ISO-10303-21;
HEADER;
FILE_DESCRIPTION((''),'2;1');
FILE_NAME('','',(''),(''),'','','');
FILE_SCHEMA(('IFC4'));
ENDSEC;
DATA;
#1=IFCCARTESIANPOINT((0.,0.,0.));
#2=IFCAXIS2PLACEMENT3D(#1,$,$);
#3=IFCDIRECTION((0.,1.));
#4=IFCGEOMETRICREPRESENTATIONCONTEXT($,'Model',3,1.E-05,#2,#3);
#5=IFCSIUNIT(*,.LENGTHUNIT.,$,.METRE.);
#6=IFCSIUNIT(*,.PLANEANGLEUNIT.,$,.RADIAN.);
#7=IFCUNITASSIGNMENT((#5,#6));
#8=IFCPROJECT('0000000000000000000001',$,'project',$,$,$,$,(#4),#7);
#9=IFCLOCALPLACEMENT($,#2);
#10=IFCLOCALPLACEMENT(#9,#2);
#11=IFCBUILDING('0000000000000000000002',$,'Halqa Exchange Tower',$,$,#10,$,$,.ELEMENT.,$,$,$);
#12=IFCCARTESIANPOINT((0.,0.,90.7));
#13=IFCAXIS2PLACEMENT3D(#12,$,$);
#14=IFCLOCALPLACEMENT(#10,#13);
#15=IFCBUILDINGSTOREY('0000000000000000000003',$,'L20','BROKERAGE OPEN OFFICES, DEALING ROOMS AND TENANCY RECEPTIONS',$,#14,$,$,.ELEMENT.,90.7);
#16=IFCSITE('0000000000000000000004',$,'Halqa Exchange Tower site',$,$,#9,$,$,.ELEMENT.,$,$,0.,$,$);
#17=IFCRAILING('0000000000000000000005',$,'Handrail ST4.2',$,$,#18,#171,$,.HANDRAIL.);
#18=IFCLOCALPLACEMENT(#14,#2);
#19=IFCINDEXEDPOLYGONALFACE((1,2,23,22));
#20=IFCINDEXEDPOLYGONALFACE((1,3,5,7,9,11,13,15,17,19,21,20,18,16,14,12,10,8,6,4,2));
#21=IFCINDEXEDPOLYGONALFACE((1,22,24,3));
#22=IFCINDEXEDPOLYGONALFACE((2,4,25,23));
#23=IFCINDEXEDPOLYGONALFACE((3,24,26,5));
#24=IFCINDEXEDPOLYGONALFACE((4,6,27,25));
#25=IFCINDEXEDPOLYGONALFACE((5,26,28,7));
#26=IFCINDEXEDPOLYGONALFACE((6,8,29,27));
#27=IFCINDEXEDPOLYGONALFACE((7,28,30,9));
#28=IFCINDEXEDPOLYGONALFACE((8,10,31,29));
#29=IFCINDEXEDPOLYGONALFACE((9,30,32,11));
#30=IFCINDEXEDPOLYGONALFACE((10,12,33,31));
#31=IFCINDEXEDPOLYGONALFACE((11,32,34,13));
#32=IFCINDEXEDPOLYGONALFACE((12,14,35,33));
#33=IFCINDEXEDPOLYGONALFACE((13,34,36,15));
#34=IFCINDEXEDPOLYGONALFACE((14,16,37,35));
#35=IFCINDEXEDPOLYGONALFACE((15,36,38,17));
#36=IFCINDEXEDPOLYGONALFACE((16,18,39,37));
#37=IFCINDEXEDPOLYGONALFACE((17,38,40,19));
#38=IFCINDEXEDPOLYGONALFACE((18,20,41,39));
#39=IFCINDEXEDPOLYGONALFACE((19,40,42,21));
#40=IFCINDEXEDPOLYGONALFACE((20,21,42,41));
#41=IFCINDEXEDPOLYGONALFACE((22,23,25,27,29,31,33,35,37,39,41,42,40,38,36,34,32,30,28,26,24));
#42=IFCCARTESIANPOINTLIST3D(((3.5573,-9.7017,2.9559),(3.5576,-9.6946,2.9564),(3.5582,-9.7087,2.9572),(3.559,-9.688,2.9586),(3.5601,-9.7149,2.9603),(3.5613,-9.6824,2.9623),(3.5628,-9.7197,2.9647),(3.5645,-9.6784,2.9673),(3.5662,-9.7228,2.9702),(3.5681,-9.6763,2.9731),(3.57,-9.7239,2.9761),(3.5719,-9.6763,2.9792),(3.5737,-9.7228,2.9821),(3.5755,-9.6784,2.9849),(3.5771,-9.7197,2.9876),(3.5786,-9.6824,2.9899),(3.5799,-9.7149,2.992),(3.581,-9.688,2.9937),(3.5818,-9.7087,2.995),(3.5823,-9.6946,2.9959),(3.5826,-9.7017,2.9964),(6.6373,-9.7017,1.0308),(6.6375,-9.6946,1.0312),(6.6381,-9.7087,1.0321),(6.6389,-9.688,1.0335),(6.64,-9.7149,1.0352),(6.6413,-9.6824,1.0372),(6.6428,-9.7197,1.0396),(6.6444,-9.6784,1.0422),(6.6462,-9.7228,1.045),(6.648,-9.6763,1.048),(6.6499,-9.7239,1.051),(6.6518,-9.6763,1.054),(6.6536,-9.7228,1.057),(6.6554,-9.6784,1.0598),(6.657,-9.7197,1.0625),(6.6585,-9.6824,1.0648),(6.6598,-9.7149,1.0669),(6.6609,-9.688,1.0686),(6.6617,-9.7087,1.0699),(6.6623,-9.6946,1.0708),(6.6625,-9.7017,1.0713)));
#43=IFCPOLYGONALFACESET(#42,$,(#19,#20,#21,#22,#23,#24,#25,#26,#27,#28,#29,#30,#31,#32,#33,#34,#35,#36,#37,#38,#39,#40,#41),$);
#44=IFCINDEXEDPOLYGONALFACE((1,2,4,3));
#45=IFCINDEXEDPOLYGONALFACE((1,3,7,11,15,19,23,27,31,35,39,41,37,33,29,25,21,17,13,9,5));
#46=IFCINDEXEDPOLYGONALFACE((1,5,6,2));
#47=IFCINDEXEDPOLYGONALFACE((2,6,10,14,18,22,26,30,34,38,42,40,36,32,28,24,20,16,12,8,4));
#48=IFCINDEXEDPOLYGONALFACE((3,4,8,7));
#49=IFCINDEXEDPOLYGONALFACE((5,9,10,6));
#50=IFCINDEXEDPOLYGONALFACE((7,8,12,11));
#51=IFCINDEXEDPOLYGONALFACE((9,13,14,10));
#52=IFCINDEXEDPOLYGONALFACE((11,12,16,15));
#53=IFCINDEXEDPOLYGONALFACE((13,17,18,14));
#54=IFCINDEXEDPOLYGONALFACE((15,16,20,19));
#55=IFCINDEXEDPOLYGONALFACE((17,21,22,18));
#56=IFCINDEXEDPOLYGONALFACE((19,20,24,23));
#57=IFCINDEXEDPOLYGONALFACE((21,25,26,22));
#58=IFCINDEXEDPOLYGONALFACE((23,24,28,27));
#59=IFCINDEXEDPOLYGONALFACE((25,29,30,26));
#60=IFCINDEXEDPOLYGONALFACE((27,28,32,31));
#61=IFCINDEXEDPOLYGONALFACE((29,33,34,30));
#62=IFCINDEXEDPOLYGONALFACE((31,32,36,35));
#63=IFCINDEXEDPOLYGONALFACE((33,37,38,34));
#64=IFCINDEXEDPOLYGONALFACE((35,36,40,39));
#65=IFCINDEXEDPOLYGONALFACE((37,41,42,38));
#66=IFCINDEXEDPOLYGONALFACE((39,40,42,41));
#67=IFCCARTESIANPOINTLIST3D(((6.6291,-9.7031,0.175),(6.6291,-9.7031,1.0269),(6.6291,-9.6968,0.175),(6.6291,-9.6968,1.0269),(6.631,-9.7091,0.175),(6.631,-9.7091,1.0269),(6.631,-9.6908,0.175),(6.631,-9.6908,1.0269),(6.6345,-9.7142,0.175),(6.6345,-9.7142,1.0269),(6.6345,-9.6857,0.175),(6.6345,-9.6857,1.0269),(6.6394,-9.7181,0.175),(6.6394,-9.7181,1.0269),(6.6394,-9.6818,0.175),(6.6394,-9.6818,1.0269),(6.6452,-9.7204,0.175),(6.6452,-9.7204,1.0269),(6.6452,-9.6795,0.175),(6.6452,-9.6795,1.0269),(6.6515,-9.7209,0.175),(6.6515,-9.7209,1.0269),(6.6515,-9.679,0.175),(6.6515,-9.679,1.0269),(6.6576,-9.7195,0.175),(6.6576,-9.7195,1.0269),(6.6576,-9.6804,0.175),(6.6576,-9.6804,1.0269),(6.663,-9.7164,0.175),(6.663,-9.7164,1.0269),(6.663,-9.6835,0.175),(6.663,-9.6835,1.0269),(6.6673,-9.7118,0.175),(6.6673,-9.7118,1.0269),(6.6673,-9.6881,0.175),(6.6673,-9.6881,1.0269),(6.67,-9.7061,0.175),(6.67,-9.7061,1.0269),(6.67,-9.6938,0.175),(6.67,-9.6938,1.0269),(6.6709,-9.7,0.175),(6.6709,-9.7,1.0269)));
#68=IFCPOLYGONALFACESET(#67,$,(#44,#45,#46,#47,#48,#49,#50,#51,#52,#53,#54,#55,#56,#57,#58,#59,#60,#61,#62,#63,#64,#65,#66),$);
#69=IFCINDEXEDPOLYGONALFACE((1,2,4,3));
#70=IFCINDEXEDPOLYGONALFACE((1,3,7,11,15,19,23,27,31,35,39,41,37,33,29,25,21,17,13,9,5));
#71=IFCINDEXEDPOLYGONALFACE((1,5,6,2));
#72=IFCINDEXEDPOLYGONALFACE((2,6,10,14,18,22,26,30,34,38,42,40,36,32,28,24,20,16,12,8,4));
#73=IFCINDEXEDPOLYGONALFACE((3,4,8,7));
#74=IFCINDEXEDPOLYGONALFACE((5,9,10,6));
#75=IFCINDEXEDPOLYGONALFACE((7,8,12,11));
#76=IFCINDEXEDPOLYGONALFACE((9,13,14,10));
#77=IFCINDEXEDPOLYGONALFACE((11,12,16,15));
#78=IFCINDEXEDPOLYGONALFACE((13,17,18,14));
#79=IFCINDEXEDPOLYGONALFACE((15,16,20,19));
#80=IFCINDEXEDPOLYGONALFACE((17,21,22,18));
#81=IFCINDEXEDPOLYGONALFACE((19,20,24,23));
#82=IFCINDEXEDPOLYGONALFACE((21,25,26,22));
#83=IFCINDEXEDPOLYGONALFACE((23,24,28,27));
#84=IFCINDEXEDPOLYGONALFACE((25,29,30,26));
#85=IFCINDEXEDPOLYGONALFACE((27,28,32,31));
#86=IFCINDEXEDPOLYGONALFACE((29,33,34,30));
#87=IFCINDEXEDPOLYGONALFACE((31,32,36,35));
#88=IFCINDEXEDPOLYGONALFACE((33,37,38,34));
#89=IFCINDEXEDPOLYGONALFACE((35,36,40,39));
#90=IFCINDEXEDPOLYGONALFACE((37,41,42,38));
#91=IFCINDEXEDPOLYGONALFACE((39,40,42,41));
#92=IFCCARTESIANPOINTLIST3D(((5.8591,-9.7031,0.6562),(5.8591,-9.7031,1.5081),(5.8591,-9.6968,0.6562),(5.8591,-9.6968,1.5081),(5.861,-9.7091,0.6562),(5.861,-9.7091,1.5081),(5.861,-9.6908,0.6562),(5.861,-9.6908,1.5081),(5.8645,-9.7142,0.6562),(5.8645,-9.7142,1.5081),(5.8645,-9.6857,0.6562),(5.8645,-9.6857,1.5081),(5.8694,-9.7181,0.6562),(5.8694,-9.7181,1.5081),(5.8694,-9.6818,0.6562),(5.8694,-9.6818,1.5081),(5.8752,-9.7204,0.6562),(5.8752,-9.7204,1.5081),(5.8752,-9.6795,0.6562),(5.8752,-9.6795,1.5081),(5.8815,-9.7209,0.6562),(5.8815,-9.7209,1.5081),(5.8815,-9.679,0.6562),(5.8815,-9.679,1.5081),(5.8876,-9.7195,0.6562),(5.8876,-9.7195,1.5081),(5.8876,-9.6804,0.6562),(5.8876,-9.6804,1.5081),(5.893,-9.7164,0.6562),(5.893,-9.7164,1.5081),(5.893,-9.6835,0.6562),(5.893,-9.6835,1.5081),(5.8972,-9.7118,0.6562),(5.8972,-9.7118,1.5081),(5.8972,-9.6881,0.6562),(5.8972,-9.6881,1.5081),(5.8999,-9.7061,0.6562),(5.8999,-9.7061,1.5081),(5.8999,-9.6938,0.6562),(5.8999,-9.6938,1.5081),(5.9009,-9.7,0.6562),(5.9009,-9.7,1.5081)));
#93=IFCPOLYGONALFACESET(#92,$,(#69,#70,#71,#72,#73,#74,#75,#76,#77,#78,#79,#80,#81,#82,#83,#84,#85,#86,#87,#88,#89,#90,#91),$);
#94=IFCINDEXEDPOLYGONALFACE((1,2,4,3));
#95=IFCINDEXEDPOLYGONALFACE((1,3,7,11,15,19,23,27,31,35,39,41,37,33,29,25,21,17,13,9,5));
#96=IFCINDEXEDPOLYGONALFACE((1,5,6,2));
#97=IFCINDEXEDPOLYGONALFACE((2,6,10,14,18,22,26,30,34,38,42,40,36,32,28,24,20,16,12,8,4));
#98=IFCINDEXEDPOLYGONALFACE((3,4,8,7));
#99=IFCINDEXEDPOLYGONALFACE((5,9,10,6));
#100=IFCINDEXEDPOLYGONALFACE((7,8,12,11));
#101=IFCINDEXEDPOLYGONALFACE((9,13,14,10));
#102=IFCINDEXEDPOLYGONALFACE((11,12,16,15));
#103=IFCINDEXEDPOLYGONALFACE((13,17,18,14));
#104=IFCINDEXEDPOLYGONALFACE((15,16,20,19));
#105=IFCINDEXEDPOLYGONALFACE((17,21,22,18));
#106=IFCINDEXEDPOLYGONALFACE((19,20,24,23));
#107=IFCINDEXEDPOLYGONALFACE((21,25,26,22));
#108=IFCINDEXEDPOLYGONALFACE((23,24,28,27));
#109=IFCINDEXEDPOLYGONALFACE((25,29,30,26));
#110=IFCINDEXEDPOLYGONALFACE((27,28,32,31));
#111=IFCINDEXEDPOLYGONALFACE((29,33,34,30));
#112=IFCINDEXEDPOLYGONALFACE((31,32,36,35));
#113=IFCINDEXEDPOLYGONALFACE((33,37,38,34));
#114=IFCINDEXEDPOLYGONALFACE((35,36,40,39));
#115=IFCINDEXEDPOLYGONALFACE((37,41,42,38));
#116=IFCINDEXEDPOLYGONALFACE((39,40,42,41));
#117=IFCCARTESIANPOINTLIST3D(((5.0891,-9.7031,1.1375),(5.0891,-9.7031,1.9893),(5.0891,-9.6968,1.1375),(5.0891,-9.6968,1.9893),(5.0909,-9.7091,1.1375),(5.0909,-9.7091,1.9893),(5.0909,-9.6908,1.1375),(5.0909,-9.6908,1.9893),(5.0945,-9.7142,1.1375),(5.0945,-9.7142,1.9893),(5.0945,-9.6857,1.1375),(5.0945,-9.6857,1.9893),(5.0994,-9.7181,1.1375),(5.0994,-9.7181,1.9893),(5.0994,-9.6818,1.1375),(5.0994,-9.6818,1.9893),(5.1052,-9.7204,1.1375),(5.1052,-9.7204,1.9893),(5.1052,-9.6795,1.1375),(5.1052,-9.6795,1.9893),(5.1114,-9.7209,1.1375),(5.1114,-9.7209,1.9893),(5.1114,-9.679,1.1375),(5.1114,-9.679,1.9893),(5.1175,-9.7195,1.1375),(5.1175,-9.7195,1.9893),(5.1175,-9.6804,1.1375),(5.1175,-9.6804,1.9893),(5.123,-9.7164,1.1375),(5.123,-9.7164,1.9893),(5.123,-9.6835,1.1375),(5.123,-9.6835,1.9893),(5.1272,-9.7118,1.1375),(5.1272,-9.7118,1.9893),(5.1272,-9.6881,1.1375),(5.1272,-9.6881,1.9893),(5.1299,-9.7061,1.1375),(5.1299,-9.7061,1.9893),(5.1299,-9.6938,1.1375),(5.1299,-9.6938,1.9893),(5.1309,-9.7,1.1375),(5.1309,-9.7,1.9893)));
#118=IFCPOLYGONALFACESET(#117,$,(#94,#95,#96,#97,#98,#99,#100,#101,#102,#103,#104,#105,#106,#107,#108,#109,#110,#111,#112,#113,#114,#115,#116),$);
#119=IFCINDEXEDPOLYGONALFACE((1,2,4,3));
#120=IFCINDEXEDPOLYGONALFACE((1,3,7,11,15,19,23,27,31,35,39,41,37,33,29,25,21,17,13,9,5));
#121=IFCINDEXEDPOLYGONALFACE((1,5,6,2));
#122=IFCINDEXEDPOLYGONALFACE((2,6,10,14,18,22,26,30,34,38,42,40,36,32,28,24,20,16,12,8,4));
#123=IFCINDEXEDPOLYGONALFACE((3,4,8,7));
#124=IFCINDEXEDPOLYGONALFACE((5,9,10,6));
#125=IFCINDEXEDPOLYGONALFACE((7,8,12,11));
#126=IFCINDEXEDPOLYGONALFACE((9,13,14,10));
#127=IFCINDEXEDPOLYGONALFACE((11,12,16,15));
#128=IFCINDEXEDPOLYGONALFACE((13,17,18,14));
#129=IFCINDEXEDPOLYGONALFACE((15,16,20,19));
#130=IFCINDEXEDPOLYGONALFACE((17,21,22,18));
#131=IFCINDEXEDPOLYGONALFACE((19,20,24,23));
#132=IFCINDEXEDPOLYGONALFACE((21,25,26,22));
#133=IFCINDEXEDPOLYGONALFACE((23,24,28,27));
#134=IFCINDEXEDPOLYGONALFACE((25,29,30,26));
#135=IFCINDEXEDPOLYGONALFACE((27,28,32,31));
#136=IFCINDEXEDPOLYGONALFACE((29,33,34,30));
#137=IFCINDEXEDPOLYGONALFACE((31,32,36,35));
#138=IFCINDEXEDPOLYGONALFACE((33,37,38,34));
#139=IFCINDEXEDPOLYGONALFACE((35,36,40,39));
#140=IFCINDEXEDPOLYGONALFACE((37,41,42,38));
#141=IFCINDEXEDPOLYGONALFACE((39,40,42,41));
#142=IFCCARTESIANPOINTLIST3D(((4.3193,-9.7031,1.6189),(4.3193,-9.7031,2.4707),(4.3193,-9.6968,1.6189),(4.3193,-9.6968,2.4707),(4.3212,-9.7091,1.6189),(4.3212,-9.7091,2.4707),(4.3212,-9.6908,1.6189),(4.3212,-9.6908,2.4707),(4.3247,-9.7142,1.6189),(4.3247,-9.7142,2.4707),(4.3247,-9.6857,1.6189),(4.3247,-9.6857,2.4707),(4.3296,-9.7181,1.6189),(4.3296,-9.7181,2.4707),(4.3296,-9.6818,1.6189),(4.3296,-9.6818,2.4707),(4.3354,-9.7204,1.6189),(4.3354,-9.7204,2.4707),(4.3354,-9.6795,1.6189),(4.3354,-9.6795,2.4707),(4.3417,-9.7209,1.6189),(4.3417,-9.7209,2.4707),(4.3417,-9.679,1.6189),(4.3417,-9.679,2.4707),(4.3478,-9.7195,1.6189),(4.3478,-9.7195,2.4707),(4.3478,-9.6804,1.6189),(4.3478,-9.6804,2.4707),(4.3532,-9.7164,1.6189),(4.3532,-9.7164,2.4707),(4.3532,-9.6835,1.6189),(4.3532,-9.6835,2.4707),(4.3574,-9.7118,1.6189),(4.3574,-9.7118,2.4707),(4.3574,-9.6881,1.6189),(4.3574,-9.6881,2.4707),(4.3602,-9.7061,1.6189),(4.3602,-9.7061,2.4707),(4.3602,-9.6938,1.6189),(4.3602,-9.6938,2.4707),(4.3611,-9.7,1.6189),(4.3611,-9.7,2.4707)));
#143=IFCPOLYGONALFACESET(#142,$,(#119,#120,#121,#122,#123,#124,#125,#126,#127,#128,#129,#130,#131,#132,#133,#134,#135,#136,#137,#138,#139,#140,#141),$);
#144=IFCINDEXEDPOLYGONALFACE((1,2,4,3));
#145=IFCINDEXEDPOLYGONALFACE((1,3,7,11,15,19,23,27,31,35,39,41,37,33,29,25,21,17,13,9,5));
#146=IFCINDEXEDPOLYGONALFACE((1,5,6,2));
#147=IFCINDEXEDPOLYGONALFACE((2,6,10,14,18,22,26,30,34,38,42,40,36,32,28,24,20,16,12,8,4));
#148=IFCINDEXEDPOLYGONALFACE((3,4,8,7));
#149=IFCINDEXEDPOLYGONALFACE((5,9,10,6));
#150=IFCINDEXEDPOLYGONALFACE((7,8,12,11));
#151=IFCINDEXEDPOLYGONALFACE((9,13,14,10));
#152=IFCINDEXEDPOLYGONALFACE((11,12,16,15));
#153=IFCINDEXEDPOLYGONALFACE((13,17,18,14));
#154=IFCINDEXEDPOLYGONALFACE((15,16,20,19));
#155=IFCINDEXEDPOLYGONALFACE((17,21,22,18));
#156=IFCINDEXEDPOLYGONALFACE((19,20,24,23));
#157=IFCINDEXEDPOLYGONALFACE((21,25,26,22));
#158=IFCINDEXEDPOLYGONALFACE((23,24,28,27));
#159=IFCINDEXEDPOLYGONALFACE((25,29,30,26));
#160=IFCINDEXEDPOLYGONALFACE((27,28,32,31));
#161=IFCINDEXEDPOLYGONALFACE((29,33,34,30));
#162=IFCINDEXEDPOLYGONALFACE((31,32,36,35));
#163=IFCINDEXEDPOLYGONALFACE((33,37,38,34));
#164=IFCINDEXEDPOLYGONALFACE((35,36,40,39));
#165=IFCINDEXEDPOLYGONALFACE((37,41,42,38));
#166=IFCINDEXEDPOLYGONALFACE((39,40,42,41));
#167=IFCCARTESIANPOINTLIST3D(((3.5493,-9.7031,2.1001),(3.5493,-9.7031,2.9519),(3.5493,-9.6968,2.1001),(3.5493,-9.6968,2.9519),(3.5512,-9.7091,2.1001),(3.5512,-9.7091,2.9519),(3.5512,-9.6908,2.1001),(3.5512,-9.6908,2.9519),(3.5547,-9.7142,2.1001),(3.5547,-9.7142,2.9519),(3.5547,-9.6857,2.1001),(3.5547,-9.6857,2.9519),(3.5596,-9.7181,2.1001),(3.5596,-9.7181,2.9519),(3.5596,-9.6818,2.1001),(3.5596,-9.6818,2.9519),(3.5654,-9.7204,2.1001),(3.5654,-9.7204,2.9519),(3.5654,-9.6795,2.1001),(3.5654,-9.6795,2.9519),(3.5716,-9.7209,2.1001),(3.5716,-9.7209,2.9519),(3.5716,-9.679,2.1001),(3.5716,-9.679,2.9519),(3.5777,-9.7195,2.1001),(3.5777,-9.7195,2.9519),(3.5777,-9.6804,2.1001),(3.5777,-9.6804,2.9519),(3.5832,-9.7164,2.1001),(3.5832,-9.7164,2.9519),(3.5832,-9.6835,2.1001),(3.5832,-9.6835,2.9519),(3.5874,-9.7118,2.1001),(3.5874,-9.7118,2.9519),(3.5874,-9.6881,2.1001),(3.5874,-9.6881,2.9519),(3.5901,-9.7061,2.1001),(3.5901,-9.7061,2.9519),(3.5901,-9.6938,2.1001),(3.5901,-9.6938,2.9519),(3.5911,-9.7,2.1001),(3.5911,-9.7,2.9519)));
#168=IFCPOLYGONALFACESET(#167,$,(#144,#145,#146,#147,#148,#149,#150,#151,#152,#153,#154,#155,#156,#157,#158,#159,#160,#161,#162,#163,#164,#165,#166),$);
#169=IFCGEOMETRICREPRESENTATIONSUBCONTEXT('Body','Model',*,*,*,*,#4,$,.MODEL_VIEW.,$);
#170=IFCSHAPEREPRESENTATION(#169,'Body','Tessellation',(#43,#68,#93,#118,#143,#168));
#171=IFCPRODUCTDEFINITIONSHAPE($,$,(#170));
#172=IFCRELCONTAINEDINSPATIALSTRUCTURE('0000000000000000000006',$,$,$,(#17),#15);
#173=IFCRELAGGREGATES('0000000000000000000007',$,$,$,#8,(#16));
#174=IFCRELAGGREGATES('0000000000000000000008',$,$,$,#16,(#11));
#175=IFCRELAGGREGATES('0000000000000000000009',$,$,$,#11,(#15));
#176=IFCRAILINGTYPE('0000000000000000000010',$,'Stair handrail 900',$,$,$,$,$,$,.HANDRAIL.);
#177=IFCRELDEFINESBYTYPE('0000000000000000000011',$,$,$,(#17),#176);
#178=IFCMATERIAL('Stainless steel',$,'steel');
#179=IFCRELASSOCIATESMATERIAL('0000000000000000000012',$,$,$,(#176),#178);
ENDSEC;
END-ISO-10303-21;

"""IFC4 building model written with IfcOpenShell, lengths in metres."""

from ifc_helpers import new_model, si_unit, direction, frame, origin, origin_2d, place, context, subcontext, project, spatial, circle, extrude, material, type_object, element, save


model = new_model("IFC4")

# Units and contexts
model_context = context("Model", 3, precision=1e-05, world=origin(), true_north=direction((0.0, 1.0)))
body_context = subcontext(model_context, "Body", "Model", "MODEL_VIEW")
ifc_project = project(units=[si_unit("LENGTHUNIT", "METRE"), si_unit("PLANEANGLEUNIT", "RADIAN")], contexts=[model_context])

# Site, building, storey
site_placement = place(None, origin())
site = spatial("IfcSite", under=ifc_project, at=site_placement, Name="Halqa Exchange Tower site", CompositionType="ELEMENT", RefElevation=0.0)
building_placement = place(site_placement, origin())
building = spatial("IfcBuilding", under=site, at=building_placement, Name="Halqa Exchange Tower", CompositionType="ELEMENT")
storey_placement = place(building_placement, frame((0.0, 0.0, 90.7)))
storey = spatial("IfcBuildingStorey", under=building, at=storey_placement, Name="L20", Description="BROKERAGE OPEN OFFICES, DEALING ROOMS AND TENANCY RECEPTIONS", CompositionType="ELEMENT", Elevation=90.7)

# Railing
ifc_material_1 = material(Name="Stainless steel", Category="steel")
railing_type_1 = type_object("IfcRailingType", Name="Stair handrail 900", PredefinedType="HANDRAIL", material=ifc_material_1)
railing_1_placement = place(storey_placement, frame((6.6499, -9.7, 0.175)))
element("IfcRailing", 1, at=railing_1_placement, inside=storey, type_object=railing_type_1, Name="Handrail ST4.2", PredefinedType="HANDRAIL", context=body_context, shape_type="SweptSolid", body=[
    extrude(circle(Radius=0.0239, at=origin_2d()), frame((0.0, 0.0, 0.876), z_axis=(-0.847979, 0.0, 0.530029), x_axis=(0.0, -1.0, 0.0)), (0.0, 0.0, 1.0), 3.6321),
    extrude(circle(Radius=0.021, at=origin_2d()), origin(), (0.0, 0.0, 1.0), 0.8518),
    extrude(circle(Radius=0.021, at=origin_2d()), frame((-0.77, 0.0, 0.4812)), (0.0, 0.0, 1.0), 0.8518),
    extrude(circle(Radius=0.021, at=origin_2d()), frame((-1.54, 0.0, 0.9624)), (0.0, 0.0, 1.0), 0.8518),
    extrude(circle(Radius=0.021, at=origin_2d()), frame((-2.3098, 0.0, 1.4438)), (0.0, 0.0, 1.0), 0.8518),
    extrude(circle(Radius=0.021, at=origin_2d()), frame((-3.0798, 0.0, 1.925)), (0.0, 0.0, 1.0), 0.8518),
])

save(model, "model.ifc")
